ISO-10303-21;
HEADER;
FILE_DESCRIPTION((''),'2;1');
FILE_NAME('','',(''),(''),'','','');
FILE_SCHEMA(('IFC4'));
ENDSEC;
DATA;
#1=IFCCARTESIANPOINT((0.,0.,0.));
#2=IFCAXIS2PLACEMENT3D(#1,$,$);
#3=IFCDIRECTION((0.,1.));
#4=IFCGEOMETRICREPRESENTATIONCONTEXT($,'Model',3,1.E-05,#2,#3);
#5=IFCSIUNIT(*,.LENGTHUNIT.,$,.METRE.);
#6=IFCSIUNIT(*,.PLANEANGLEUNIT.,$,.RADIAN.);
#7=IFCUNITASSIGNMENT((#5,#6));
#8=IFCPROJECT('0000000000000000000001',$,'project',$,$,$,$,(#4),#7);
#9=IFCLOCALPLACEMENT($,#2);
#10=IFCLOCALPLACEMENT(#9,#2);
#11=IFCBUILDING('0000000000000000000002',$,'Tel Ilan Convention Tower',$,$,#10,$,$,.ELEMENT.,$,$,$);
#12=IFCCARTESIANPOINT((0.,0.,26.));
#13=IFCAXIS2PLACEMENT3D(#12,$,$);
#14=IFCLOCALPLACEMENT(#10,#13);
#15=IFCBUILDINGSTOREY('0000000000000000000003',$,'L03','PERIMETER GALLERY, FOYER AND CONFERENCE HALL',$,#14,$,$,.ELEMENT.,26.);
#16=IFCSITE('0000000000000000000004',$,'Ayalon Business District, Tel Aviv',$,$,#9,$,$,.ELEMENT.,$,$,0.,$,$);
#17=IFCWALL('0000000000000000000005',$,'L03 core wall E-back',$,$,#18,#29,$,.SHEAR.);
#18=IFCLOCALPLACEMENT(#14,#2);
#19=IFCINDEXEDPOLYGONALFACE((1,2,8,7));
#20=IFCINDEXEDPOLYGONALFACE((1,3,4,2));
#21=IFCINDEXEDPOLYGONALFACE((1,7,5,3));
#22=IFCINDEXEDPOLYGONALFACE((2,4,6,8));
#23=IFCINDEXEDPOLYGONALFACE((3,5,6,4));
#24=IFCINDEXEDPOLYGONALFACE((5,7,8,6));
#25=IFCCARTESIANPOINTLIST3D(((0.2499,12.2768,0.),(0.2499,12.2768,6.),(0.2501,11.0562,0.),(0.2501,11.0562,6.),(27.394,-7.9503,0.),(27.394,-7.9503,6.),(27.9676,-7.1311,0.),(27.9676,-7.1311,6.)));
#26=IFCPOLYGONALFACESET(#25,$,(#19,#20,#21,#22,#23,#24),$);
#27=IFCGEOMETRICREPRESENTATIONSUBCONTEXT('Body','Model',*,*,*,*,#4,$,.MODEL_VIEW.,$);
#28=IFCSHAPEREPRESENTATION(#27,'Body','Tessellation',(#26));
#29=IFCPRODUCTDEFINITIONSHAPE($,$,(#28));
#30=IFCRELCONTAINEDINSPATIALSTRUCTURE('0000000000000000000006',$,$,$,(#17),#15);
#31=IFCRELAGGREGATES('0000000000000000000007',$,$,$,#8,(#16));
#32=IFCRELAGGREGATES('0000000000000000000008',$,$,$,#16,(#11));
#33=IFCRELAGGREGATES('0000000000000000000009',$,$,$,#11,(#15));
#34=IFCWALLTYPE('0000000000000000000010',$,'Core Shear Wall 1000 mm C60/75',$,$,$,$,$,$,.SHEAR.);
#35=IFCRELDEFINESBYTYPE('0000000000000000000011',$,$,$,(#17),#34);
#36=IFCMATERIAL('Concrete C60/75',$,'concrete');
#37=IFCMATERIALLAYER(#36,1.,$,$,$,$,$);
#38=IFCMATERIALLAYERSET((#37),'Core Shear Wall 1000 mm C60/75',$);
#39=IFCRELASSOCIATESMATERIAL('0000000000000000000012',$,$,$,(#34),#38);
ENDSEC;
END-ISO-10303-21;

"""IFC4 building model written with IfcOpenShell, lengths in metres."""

from ifc_helpers import new_model, si_unit, direction, frame, origin, place, context, subcontext, project, spatial, polyline, outline, extrude, material, layer, layer_set, type_object, element, save


model = new_model("IFC4")

# Units and contexts
model_context = context("Model", 3, precision=1e-05, world=origin(), true_north=direction((0.0, 1.0)))
body_context = subcontext(model_context, "Body", "Model", "MODEL_VIEW")
ifc_project = project(units=[si_unit("LENGTHUNIT", "METRE"), si_unit("PLANEANGLEUNIT", "RADIAN")], contexts=[model_context])

# Site, building, storey
site_placement = place(None, origin())
site = spatial("IfcSite", under=ifc_project, at=site_placement, Name="Ayalon Business District, Tel Aviv", CompositionType="ELEMENT", RefElevation=0.0)
building_placement = place(site_placement, origin())
building = spatial("IfcBuilding", under=site, at=building_placement, Name="Tel Ilan Convention Tower", CompositionType="ELEMENT")
storey_placement = place(building_placement, frame((0.0, 0.0, 26.0)))
storey = spatial("IfcBuildingStorey", under=building, at=storey_placement, Name="L03", Description="PERIMETER GALLERY, FOYER AND CONFERENCE HALL", CompositionType="ELEMENT", Elevation=26.0)

# Wall
ifc_material_1 = material(Name="Concrete C60/75", Category="concrete")
ifc_layer_1 = layer(ifc_material_1, 1.0)
ifc_layer_set_1 = layer_set([ifc_layer_1], Name="Core Shear Wall 1000 mm C60/75")
wall_type_1 = type_object("IfcWallType", Name="Core Shear Wall 1000 mm C60/75", PredefinedType="SHEAR", material=ifc_layer_set_1)
wall_1_placement = place(storey_placement, frame((-0.0369, 11.8672, 0.0), z_axis=(0.0, 0.0, 1.0), x_axis=(0.819155, -0.573572, 0.0)))
element("IfcWall", 1, at=wall_1_placement, inside=storey, type_object=wall_type_1, Name="L03 core wall E-back", PredefinedType="SHEAR", context=body_context, shape_type="SweptSolid", body=[
    extrude(outline(polyline([(33.8369, 0.5), (0.0, 0.5), (0.7002, -0.4998), (33.8369, -0.5), (33.8369, 0.5)])), origin(), (0.0, 0.0, 1.0), 6.0),
])

save(model, "model.ifc")
